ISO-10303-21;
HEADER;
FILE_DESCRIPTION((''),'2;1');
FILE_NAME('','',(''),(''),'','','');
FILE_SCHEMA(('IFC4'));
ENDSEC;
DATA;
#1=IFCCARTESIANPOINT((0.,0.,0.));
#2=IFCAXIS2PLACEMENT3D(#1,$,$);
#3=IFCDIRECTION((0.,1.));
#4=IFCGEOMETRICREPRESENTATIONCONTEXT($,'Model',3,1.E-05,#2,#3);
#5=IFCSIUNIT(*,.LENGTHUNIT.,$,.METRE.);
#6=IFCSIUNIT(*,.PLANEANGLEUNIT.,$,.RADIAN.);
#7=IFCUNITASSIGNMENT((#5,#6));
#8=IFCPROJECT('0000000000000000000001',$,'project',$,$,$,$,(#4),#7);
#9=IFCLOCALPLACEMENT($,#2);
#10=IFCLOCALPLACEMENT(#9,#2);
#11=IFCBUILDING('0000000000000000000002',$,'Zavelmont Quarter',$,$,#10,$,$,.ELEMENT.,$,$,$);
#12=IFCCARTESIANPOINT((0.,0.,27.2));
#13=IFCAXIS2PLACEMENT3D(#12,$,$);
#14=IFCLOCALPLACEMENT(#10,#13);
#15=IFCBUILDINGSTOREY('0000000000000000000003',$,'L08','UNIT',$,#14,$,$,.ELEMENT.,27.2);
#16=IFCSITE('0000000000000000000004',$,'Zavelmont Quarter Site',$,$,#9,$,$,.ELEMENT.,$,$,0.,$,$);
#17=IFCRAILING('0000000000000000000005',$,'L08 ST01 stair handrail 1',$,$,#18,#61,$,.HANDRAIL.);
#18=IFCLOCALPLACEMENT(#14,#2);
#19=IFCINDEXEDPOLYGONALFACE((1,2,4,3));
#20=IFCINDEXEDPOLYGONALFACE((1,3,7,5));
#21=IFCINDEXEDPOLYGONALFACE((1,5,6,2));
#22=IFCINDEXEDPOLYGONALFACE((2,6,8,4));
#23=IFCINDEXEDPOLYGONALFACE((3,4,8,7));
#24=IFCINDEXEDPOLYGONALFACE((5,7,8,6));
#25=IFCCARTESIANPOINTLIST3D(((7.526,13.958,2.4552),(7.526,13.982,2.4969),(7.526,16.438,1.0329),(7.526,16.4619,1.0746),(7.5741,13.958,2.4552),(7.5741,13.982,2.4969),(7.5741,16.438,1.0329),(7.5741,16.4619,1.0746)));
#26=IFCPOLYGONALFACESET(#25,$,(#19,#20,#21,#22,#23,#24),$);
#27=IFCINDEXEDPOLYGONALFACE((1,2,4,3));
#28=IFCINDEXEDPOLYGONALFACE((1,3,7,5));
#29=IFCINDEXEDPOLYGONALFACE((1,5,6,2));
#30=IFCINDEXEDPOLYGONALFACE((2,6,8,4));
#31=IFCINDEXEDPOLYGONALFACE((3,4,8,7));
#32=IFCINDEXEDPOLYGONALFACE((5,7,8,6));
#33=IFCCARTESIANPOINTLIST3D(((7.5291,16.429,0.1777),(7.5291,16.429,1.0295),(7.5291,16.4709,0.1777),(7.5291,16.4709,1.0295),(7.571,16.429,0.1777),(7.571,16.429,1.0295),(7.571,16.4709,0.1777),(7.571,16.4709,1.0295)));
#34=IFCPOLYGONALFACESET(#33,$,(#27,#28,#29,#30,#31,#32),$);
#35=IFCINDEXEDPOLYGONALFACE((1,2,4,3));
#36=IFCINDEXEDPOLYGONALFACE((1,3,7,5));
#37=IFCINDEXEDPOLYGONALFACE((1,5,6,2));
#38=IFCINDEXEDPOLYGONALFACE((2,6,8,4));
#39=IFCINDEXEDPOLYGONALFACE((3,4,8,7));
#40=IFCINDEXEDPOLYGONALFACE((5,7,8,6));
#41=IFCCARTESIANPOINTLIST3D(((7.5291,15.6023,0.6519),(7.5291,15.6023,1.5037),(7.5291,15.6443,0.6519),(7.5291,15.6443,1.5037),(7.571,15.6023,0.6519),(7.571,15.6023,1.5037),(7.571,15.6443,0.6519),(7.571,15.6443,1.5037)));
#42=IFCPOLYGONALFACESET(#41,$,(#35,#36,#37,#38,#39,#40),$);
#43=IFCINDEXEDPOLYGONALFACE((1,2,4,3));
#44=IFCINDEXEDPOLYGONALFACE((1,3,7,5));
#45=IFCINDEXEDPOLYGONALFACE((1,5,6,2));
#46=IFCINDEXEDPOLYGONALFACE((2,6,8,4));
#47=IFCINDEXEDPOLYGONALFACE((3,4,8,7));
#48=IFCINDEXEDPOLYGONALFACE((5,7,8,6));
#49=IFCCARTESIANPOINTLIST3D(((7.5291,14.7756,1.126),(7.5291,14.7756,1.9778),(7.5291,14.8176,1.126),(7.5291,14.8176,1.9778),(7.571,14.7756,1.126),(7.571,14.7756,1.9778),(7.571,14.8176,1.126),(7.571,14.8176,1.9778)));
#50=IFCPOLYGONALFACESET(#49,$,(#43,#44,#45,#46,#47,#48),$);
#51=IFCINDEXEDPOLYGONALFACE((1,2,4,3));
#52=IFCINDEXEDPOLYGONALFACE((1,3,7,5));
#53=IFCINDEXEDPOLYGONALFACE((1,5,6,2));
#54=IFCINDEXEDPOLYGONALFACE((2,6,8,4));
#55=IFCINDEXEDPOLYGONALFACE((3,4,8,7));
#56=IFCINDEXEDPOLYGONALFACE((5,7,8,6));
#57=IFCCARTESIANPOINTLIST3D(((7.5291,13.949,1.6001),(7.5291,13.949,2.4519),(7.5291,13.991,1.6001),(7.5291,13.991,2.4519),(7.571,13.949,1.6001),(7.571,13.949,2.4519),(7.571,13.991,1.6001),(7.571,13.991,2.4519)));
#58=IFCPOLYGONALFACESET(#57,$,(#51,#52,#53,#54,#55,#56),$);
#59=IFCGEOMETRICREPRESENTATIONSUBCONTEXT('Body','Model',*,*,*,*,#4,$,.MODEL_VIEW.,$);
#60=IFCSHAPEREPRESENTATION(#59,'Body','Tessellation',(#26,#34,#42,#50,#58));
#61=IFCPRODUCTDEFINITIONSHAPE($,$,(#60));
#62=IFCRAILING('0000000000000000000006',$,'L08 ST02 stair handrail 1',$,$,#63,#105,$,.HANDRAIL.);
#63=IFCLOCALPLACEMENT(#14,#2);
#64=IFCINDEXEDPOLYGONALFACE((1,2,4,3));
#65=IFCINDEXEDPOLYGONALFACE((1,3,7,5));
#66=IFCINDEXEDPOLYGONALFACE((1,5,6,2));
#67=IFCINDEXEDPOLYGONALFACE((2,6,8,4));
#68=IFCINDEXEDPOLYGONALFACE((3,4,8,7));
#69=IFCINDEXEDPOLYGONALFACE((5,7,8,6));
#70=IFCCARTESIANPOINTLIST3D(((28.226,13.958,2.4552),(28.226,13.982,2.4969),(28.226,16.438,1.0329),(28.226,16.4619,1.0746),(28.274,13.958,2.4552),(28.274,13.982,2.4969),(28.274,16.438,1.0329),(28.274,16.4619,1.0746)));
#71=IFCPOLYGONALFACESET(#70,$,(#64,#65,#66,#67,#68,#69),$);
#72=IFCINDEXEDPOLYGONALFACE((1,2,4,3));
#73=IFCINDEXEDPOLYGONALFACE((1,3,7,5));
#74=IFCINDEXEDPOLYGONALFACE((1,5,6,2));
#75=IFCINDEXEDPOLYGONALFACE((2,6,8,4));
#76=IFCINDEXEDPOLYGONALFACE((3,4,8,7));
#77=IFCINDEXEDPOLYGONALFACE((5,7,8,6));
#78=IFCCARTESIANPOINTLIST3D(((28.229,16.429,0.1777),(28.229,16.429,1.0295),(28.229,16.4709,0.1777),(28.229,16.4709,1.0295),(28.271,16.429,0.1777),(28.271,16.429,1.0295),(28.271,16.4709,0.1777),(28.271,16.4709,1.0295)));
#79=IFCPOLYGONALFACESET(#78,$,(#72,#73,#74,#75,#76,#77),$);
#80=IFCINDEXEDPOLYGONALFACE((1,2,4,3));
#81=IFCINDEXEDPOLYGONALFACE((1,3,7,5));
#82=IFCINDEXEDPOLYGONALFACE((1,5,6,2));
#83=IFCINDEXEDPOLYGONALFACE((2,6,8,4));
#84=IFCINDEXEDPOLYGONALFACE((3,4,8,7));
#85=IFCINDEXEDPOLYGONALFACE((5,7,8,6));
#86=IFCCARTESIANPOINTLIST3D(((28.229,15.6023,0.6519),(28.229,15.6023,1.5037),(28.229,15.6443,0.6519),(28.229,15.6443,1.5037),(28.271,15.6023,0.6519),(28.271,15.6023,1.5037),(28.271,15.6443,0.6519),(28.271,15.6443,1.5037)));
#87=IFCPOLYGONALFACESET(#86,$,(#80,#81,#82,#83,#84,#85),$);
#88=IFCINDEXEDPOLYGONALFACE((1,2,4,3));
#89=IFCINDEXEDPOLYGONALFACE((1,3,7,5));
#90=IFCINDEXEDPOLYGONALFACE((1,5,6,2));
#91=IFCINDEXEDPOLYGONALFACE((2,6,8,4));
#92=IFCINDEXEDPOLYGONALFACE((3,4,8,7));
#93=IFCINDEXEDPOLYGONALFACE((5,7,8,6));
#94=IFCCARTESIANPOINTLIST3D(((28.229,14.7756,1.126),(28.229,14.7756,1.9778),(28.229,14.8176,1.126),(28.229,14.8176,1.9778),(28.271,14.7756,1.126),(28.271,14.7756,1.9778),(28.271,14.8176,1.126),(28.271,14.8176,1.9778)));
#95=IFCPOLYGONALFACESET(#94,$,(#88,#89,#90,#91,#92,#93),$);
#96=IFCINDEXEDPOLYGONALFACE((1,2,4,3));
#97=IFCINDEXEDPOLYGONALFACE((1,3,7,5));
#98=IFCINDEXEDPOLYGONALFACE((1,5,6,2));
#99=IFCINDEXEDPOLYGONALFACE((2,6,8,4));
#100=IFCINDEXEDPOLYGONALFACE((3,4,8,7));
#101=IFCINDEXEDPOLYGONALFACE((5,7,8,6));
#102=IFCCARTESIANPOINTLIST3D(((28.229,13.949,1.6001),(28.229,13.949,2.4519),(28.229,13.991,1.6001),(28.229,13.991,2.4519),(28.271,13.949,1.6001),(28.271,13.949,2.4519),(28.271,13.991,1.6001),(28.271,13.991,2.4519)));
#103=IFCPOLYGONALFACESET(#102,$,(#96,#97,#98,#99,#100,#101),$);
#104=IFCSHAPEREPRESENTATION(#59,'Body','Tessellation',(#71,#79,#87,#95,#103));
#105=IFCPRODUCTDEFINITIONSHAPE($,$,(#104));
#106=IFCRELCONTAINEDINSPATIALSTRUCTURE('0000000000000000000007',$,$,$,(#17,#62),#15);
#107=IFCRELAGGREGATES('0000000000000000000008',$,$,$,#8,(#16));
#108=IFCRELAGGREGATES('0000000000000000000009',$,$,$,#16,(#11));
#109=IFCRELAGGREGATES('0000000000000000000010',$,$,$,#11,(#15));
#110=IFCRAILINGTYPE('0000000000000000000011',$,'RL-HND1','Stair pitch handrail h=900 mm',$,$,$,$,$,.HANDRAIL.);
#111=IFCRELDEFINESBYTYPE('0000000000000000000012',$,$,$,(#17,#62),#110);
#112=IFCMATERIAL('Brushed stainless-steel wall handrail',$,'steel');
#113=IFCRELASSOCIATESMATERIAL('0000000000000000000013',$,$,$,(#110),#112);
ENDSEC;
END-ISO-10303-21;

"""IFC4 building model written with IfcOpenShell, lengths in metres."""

from ifc_helpers import new_model, si_unit, direction, frame, origin, origin_2d, place, context, subcontext, project, spatial, rectangle, extrude, material, type_object, element, save


model = new_model("IFC4")

# Units and contexts
model_context = context("Model", 3, precision=1e-05, world=origin(), true_north=direction((0.0, 1.0)))
body_context = subcontext(model_context, "Body", "Model", "MODEL_VIEW")
ifc_project = project(units=[si_unit("LENGTHUNIT", "METRE"), si_unit("PLANEANGLEUNIT", "RADIAN")], contexts=[model_context])

# Site, building, storey
site_placement = place(None, origin())
site = spatial("IfcSite", under=ifc_project, at=site_placement, Name="Zavelmont Quarter Site", CompositionType="ELEMENT", RefElevation=0.0)
building_placement = place(site_placement, origin())
building = spatial("IfcBuilding", under=site, at=building_placement, Name="Zavelmont Quarter", CompositionType="ELEMENT")
storey_placement = place(building_placement, frame((0.0, 0.0, 27.2)))
storey = spatial("IfcBuildingStorey", under=building, at=storey_placement, Name="L08", Description="UNIT", CompositionType="ELEMENT", Elevation=27.2)

# Railings
ifc_material_1 = material(Name="Brushed stainless-steel wall handrail", Category="steel")
railing_type_1 = type_object("IfcRailingType", Name="RL-HND1", Description="Stair pitch handrail h=900 mm", PredefinedType="HANDRAIL", material=ifc_material_1)
for number, where, name in (
    (1, (7.55, 16.45, 0.1777), "L08 ST01 stair handrail 1"),
    (2, (28.25, 16.45, 0.1777), "L08 ST02 stair handrail 1"),
):
    element("IfcRailing", number, at=place(storey_placement, frame(where)), inside=storey, type_object=railing_type_1, Name=name, PredefinedType="HANDRAIL", context=body_context, shape_type="SweptSolid", body=[
        extrude(rectangle(XDim=0.0481, YDim=0.0481, at=origin_2d()), frame((0.0, 0.0, 0.876), z_axis=(0.0, -0.867454, 0.497518), x_axis=(1.0, 0.0, 0.0)), (0.0, 0.0, 1.0), 2.8589),
        extrude(rectangle(XDim=0.042, YDim=0.042, at=origin_2d()), origin(), (0.0, 0.0, 1.0), 0.8518),
        extrude(rectangle(XDim=0.042, YDim=0.042, at=origin_2d()), frame((0.0, -0.8267, 0.4741)), (0.0, 0.0, 1.0), 0.8518),
        extrude(rectangle(XDim=0.042, YDim=0.042, at=origin_2d()), frame((0.0, -1.6533, 0.9482)), (0.0, 0.0, 1.0), 0.8518),
        extrude(rectangle(XDim=0.042, YDim=0.042, at=origin_2d()), frame((0.0, -2.48, 1.4224)), (0.0, 0.0, 1.0), 0.8518),
    ])

save(model, "model.ifc")
